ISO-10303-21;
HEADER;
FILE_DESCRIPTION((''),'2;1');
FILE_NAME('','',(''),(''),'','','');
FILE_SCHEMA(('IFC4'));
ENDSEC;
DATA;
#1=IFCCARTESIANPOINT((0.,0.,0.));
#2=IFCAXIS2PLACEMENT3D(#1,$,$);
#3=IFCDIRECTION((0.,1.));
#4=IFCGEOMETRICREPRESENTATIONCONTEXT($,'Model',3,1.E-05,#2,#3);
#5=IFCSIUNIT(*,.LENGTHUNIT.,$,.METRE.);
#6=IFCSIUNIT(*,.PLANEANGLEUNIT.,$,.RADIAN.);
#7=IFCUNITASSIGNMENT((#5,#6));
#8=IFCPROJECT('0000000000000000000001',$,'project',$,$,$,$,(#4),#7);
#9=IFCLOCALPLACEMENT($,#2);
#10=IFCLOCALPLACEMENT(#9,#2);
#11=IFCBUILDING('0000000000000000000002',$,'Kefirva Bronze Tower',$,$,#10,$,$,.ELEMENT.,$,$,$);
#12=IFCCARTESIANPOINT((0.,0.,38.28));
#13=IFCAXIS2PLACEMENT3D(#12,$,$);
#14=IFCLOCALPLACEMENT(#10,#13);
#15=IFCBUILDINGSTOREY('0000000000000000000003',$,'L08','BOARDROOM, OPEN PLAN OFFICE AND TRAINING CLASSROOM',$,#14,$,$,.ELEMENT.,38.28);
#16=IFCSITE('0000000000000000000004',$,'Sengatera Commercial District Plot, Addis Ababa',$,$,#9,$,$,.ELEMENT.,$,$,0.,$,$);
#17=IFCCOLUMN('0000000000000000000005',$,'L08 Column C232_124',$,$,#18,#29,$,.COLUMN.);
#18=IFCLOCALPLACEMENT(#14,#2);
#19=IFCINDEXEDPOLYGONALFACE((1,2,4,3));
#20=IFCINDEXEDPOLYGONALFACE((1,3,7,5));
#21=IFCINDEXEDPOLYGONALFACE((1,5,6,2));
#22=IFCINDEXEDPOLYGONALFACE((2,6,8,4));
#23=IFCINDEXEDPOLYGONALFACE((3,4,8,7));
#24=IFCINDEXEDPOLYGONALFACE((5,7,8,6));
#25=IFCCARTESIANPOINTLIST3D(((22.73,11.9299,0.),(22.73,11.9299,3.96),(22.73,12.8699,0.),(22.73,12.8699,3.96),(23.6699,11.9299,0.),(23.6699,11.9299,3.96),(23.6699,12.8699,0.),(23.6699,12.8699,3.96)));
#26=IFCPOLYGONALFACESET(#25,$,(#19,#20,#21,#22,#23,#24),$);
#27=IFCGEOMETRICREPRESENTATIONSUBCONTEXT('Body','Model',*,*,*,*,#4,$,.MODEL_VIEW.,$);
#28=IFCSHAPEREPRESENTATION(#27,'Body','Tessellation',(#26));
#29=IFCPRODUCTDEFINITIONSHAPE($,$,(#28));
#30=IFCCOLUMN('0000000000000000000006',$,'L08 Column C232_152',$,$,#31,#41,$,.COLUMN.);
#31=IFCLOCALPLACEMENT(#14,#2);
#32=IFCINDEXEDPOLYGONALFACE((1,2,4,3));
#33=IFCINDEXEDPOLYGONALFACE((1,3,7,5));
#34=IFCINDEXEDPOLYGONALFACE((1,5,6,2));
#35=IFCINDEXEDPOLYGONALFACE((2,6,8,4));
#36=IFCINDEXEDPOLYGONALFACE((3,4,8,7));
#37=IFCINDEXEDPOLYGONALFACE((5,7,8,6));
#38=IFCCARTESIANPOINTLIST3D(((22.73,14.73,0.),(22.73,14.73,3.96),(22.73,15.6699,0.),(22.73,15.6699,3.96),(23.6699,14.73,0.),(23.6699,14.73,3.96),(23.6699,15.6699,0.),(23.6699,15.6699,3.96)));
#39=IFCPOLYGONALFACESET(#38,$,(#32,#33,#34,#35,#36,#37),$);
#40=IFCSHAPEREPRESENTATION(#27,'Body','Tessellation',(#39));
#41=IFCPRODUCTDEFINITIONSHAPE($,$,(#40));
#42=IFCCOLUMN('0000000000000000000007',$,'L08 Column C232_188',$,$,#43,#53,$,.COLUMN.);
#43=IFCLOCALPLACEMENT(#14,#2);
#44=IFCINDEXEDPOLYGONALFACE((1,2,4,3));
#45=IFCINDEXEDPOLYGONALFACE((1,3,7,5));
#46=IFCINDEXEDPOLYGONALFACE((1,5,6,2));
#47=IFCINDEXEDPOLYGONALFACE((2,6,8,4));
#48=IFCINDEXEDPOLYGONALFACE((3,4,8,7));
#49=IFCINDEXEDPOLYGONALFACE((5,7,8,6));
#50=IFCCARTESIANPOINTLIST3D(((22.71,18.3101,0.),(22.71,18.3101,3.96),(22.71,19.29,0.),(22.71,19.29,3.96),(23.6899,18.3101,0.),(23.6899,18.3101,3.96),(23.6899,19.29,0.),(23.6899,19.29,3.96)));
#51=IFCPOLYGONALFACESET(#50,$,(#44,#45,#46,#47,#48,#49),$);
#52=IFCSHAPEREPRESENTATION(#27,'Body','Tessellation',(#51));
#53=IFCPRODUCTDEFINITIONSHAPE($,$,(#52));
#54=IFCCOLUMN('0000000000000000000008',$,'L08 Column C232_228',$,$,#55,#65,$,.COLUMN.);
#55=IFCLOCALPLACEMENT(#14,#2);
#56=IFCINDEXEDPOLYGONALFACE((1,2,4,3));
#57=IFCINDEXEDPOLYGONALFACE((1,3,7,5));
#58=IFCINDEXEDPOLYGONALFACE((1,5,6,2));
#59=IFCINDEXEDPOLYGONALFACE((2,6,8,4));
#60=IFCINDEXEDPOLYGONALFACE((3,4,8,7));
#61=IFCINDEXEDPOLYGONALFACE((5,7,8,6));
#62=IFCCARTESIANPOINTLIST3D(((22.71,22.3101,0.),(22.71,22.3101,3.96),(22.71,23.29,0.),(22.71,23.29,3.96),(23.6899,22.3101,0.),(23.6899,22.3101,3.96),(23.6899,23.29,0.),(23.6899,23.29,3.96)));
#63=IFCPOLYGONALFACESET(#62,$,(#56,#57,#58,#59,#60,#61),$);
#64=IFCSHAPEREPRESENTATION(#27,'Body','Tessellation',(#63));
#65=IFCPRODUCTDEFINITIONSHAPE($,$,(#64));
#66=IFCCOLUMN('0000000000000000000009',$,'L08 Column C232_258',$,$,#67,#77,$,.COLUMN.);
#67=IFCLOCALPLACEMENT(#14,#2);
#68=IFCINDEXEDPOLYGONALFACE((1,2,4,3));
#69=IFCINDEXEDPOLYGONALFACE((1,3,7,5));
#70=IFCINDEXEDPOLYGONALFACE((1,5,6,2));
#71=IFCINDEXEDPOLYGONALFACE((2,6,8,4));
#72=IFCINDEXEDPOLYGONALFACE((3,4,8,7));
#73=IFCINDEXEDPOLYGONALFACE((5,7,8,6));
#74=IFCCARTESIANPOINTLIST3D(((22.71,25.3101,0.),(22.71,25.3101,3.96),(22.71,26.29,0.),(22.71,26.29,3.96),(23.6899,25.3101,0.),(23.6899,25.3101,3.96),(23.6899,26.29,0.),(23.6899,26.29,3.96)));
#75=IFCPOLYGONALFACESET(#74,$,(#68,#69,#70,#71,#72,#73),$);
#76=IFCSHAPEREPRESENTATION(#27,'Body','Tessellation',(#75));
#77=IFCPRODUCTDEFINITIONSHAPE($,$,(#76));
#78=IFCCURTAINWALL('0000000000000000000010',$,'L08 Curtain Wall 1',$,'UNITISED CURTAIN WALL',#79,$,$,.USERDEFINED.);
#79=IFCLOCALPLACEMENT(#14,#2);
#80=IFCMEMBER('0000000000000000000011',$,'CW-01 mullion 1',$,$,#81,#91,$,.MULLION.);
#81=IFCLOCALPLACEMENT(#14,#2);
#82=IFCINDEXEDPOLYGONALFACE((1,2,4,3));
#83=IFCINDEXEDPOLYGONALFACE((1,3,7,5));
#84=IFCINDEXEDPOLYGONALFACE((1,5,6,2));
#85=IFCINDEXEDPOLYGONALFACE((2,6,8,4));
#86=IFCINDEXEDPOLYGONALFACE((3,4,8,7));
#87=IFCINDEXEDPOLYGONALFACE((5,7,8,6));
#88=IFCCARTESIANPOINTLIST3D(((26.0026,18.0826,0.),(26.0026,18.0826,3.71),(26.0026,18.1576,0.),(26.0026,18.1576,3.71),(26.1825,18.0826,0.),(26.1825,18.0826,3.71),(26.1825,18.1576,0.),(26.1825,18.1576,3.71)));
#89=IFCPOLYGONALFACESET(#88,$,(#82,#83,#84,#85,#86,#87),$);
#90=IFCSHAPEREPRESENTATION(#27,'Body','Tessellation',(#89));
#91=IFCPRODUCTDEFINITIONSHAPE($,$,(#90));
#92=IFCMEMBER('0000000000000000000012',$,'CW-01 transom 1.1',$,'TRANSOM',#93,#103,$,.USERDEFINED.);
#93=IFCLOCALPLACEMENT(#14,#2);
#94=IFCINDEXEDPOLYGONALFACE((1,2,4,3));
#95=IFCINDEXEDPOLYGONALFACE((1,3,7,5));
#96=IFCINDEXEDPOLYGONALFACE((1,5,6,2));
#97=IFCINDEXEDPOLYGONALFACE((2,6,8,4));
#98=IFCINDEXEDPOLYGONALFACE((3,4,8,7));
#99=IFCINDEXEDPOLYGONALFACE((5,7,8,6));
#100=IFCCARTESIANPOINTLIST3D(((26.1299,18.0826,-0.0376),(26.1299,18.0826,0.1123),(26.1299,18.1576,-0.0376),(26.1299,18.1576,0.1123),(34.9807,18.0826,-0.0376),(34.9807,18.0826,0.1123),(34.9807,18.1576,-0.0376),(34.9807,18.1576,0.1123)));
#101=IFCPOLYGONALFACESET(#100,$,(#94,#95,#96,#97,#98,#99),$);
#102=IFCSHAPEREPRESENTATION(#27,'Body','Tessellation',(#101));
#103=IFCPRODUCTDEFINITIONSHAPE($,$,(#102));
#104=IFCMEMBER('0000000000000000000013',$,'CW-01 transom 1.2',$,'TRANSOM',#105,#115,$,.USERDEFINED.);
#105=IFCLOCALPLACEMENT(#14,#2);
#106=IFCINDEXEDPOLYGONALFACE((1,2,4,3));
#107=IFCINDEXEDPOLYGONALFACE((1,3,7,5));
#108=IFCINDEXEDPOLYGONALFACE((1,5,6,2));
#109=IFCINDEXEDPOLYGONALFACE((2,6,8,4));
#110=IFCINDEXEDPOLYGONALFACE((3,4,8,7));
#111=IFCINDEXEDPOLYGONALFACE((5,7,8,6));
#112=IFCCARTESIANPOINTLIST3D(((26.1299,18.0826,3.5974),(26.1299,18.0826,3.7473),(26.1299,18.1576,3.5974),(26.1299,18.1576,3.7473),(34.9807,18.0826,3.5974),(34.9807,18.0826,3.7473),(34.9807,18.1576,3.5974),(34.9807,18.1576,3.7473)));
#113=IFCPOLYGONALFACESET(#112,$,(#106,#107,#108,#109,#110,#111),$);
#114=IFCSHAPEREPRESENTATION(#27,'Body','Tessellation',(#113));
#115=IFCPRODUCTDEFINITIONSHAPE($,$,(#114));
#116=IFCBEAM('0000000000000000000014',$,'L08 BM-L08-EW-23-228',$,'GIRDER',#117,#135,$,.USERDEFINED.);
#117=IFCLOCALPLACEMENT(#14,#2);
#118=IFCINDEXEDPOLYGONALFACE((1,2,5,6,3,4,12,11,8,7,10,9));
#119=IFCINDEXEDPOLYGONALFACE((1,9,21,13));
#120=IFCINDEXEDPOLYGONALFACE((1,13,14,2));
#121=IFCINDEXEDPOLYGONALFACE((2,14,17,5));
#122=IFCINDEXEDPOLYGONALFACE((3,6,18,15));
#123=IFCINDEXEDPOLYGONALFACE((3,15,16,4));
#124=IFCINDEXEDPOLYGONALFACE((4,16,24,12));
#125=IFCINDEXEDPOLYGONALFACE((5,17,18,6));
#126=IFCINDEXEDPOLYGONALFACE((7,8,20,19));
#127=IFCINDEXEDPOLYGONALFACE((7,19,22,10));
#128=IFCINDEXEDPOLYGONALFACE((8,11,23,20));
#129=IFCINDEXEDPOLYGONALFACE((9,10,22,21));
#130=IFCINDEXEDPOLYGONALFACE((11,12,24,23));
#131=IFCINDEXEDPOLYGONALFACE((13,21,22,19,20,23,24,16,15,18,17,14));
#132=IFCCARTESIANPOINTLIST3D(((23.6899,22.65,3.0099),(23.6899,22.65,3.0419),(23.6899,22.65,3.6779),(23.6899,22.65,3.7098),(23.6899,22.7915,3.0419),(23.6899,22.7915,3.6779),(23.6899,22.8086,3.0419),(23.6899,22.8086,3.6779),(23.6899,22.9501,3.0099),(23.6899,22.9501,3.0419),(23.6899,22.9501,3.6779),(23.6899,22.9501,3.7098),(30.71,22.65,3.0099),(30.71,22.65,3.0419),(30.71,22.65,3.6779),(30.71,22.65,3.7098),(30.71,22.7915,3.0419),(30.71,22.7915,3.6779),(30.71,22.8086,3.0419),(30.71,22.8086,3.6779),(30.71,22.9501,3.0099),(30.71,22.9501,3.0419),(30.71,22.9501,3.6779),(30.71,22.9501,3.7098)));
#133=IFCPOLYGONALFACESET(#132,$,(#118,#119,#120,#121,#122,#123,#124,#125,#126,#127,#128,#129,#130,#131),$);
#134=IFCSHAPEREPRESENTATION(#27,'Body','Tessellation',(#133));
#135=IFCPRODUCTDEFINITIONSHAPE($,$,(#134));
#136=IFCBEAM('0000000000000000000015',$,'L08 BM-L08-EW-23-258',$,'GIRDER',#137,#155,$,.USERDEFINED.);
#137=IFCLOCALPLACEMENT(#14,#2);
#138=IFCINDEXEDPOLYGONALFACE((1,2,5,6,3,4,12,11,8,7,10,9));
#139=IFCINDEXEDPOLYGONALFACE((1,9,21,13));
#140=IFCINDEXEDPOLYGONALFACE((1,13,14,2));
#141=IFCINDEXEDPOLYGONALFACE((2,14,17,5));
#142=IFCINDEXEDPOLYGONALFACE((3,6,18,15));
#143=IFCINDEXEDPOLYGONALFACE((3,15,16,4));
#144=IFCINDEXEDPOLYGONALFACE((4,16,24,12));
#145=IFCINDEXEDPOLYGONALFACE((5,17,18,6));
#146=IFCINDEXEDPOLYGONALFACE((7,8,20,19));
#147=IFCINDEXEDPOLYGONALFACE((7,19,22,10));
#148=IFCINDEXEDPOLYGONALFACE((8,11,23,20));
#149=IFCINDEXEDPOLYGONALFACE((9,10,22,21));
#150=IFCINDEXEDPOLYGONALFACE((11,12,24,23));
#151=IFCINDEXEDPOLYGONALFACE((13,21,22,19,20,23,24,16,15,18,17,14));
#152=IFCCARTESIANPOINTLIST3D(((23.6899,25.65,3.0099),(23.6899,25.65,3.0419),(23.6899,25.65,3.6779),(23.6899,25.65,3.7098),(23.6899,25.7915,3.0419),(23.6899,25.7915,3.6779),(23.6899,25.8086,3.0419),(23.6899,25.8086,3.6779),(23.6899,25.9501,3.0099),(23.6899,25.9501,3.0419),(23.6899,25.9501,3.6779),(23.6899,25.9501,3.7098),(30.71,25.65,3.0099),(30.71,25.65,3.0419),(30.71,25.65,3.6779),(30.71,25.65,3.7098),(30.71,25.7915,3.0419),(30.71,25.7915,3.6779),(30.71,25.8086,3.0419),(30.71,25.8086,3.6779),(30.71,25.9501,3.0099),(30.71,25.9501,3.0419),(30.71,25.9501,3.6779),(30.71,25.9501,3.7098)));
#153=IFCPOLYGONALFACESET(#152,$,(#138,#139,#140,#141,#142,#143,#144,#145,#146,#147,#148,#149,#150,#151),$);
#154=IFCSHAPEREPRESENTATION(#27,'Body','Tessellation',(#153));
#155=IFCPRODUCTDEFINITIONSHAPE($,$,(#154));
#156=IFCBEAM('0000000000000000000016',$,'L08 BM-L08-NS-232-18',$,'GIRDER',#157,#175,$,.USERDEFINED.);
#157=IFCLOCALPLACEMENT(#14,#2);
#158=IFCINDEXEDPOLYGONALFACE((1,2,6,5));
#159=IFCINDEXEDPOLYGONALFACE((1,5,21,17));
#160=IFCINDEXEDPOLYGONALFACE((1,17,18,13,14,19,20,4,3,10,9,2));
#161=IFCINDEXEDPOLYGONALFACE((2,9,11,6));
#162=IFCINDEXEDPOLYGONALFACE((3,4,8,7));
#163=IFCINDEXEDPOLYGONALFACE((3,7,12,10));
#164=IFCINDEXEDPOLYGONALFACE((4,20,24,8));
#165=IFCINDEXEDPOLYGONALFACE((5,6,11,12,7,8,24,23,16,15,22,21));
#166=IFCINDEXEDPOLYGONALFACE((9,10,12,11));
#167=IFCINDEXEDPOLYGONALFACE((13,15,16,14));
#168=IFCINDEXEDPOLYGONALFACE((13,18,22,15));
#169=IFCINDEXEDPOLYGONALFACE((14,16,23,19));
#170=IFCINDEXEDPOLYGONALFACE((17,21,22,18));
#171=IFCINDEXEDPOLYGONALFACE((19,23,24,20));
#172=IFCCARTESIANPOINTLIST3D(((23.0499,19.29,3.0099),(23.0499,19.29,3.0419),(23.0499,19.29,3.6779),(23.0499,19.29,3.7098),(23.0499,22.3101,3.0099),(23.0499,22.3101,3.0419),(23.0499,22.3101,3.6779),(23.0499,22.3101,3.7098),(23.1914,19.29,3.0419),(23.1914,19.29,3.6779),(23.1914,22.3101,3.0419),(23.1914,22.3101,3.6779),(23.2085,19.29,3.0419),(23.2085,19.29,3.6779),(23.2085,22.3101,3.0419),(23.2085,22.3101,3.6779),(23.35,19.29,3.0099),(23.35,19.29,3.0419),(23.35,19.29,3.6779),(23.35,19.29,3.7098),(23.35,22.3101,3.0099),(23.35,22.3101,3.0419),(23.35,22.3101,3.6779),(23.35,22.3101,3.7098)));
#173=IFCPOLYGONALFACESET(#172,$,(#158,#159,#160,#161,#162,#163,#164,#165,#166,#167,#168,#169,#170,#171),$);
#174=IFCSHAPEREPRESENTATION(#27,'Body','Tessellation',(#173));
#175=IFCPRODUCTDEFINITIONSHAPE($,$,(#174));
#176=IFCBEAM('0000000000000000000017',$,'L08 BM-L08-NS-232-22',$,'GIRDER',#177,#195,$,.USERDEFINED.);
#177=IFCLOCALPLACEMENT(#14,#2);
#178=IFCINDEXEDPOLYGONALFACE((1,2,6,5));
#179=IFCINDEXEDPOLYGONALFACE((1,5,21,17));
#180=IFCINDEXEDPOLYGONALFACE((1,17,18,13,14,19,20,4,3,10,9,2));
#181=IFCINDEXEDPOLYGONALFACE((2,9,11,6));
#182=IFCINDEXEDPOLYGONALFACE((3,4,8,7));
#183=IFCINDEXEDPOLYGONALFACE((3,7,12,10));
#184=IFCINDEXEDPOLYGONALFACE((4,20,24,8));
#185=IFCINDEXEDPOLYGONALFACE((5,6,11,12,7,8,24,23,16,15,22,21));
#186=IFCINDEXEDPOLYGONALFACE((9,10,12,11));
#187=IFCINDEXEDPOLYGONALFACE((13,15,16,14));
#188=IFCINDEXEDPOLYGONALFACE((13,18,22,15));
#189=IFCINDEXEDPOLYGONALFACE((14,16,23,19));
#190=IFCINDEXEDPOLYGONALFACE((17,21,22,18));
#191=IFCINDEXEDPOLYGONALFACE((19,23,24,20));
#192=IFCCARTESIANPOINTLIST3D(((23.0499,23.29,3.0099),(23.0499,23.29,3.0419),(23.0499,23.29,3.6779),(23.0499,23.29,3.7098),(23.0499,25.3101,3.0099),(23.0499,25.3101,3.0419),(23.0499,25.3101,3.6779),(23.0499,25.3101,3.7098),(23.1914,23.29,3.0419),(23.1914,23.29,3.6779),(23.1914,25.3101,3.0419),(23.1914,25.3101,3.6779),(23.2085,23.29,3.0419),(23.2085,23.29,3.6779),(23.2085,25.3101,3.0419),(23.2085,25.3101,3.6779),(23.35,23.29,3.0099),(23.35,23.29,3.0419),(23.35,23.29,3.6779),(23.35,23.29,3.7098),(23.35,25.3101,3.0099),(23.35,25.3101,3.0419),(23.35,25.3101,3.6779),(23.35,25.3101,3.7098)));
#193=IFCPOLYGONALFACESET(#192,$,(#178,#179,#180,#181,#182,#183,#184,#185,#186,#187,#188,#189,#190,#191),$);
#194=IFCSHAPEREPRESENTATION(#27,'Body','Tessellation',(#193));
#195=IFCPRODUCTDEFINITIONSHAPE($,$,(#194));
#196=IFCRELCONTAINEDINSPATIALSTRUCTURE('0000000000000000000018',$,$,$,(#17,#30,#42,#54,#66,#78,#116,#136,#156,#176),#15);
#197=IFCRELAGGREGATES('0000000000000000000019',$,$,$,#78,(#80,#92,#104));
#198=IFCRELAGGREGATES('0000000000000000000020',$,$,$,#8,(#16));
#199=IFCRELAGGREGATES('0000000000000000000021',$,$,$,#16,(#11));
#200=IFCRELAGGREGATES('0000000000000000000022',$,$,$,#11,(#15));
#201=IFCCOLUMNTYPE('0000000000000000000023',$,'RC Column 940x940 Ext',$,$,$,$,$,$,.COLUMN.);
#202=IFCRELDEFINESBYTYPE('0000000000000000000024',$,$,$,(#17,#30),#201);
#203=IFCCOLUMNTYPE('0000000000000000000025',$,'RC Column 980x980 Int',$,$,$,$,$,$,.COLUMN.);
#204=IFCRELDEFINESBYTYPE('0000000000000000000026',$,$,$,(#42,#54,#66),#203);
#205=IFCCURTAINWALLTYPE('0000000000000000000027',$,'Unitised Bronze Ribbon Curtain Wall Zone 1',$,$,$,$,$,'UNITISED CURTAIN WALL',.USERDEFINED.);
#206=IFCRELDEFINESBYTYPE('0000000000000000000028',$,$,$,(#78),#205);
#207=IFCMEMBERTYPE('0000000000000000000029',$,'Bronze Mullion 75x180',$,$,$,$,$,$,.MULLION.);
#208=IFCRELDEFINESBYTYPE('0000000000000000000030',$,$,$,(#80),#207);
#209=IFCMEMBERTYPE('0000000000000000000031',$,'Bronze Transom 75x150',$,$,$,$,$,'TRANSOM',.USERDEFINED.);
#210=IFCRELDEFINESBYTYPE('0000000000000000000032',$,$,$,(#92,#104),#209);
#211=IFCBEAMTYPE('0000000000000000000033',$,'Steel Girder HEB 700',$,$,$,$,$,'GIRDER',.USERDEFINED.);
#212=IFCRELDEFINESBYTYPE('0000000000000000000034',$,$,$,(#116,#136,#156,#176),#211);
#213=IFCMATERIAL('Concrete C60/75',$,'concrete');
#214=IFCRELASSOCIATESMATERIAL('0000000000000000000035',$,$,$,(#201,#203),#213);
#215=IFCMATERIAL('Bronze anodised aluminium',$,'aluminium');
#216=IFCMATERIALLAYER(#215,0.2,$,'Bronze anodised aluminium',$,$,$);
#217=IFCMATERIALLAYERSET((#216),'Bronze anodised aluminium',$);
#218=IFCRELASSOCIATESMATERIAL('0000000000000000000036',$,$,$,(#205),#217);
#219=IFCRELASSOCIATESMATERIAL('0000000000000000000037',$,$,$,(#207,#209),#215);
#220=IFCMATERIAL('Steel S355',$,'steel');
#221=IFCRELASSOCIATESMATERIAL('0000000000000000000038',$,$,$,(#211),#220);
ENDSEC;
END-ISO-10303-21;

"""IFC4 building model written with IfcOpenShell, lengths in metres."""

from ifc_helpers import new_model, si_unit, direction, frame, origin, origin_2d, place, context, subcontext, project, spatial, rectangle, i_section, extrude, material, layer, layer_set, material_profile, profile_set, type_object, element, aggregate, save


model = new_model("IFC4")

# Units and contexts
model_context = context("Model", 3, precision=1e-05, world=origin(), true_north=direction((0.0, 1.0)))
body_context = subcontext(model_context, "Body", "Model", "MODEL_VIEW")
ifc_project = project(units=[si_unit("LENGTHUNIT", "METRE"), si_unit("PLANEANGLEUNIT", "RADIAN")], contexts=[model_context])

# Site, building, storey
site_placement = place(None, origin())
site = spatial("IfcSite", under=ifc_project, at=site_placement, Name="Sengatera Commercial District Plot, Addis Ababa", CompositionType="ELEMENT", RefElevation=0.0)
building_placement = place(site_placement, origin())
building = spatial("IfcBuilding", under=site, at=building_placement, Name="Kefirva Bronze Tower", CompositionType="ELEMENT")
storey_placement = place(building_placement, frame((0.0, 0.0, 38.28)))
storey = spatial("IfcBuildingStorey", under=building, at=storey_placement, Name="L08", Description="BOARDROOM, OPEN PLAN OFFICE AND TRAINING CLASSROOM", CompositionType="ELEMENT", Elevation=38.28)

# Columns
ifc_material_1 = material(Name="Concrete C60/75", Category="concrete")
ifc_material_profile_1 = material_profile(ifc_material_1, rectangle(XDim=0.9399, YDim=0.9399, at=origin_2d()), Name="RC 940x940")
ifc_profile_set_1 = profile_set([ifc_material_profile_1], Name="Concrete C60/75")
column_type_1 = type_object("IfcColumnType", Name="RC Column 940x940 Ext", PredefinedType="COLUMN", material=ifc_profile_set_1)
for number, where, z_axis, x_axis, name in (
    (1, (23.2, 12.3999, 0.0), (0.0, 0.0, 1.0), (1.0, 0.0, 0.0), "L08 Column C232_124"),
    (2, (23.2, 15.2, 0.0), (0.0, 0.0, 1.0), (1.0, 0.0, 0.0), "L08 Column C232_152"),
):
    element("IfcColumn", number, at=place(storey_placement, frame(where, z_axis=z_axis, x_axis=x_axis)), inside=storey, type_object=column_type_1, Name=name, PredefinedType="COLUMN", context=body_context, shape_type="SweptSolid", body=[
        extrude(rectangle(XDim=0.9399, YDim=0.9399, at=origin_2d()), origin(), (0.0, 0.0, 1.0), 3.96),
    ])
ifc_material_profile_2 = material_profile(ifc_material_1, rectangle(XDim=0.98, YDim=0.98, at=origin_2d()), Name="RC 980x980")
ifc_profile_set_2 = profile_set([ifc_material_profile_2], Name="Concrete C60/75")
column_type_2 = type_object("IfcColumnType", Name="RC Column 980x980 Int", PredefinedType="COLUMN", material=ifc_profile_set_2)
for number, where, z_axis, x_axis, name in (
    (3, (23.2, 18.8, 0.0), (0.0, 0.0, 1.0), (1.0, 0.0, 0.0), "L08 Column C232_188"),
    (4, (23.2, 22.8, 0.0), (0.0, 0.0, 1.0), (1.0, 0.0, 0.0), "L08 Column C232_228"),
    (5, (23.2, 25.8, 0.0), (0.0, 0.0, 1.0), (1.0, 0.0, 0.0), "L08 Column C232_258"),
):
    element("IfcColumn", number, at=place(storey_placement, frame(where, z_axis=z_axis, x_axis=x_axis)), inside=storey, type_object=column_type_2, Name=name, PredefinedType="COLUMN", context=body_context, shape_type="SweptSolid", body=[
        extrude(rectangle(XDim=0.98, YDim=0.98, at=origin_2d()), origin(), (0.0, 0.0, 1.0), 3.96),
    ])

# Curtain wall, members
ifc_material_2 = material(Name="Bronze anodised aluminium", Category="aluminium")
ifc_layer_1 = layer(ifc_material_2, 0.2, Name="Bronze anodised aluminium")
ifc_layer_set_1 = layer_set([ifc_layer_1], Name="Bronze anodised aluminium")
curtain_wall_type = type_object("IfcCurtainWallType", Name="Unitised Bronze Ribbon Curtain Wall Zone 1", ElementType="UNITISED CURTAIN WALL", PredefinedType="USERDEFINED", material=ifc_layer_set_1)
curtain_wall_placement = place(storey_placement, origin())
curtain_wall = element("IfcCurtainWall", 6, at=curtain_wall_placement, inside=storey, type_object=curtain_wall_type, Name="L08 Curtain Wall 1", ObjectType="UNITISED CURTAIN WALL", PredefinedType="USERDEFINED")
ifc_material_profile_3 = material_profile(ifc_material_2, rectangle(XDim=0.075, YDim=0.1799, at=origin_2d()), Name="ALU 75x180")
ifc_profile_set_3 = profile_set([ifc_material_profile_3], Name="Bronze anodised aluminium")
member_type_1 = type_object("IfcMemberType", Name="Bronze Mullion 75x180", PredefinedType="MULLION", material=ifc_profile_set_3)
member_1_placement = place(storey_placement, frame((26.0925, 18.1201, 0.0), z_axis=(0.0, 0.0, 1.0), x_axis=(0.0, 1.0, 0.0)))
member_1 = element("IfcMember", 7, at=member_1_placement, type_object=member_type_1, Name="CW-01 mullion 1", PredefinedType="MULLION", context=body_context, shape_type="SweptSolid", body=[
    extrude(rectangle(XDim=0.075, YDim=0.1799, at=origin_2d()), origin(), (0.0, 0.0, 1.0), 3.71),
])
ifc_material_profile_4 = material_profile(ifc_material_2, rectangle(XDim=0.075, YDim=0.1499, at=origin_2d()), Name="ALU 75x150")
ifc_profile_set_4 = profile_set([ifc_material_profile_4], Name="Bronze anodised aluminium")
member_type_2 = type_object("IfcMemberType", Name="Bronze Transom 75x150", ElementType="TRANSOM", PredefinedType="USERDEFINED", material=ifc_profile_set_4)
member_2_placement = place(storey_placement, frame((26.1299, 18.1201, 0.0374), z_axis=(1.0, 0.0, 0.0), x_axis=(0.0, 1.0, 0.0)))
member_2 = element("IfcMember", 8, at=member_2_placement, type_object=member_type_2, Name="CW-01 transom 1.1", ObjectType="TRANSOM", PredefinedType="USERDEFINED", context=body_context, shape_type="SweptSolid", body=[
    extrude(rectangle(XDim=0.075, YDim=0.1499, at=origin_2d()), origin(), (0.0, 0.0, 1.0), 8.8508),
])
member_3_placement = place(storey_placement, frame((26.1299, 18.1201, 3.6724), z_axis=(1.0, 0.0, 0.0), x_axis=(0.0, 1.0, 0.0)))
member_3 = element("IfcMember", 9, at=member_3_placement, type_object=member_type_2, Name="CW-01 transom 1.2", ObjectType="TRANSOM", PredefinedType="USERDEFINED", context=body_context, shape_type="SweptSolid", body=[
    extrude(rectangle(XDim=0.075, YDim=0.1499, at=origin_2d()), origin(), (0.0, 0.0, 1.0), 8.8508),
])
aggregate(curtain_wall, [member_1, member_2, member_3])

# Beams
ifc_material_3 = material(Name="Steel S355", Category="steel")
ifc_material_profile_5 = material_profile(ifc_material_3, i_section(OverallWidth=0.3, OverallDepth=0.7, WebThickness=0.0171, FlangeThickness=0.032, at=origin_2d()), Name="HEB 700")
ifc_profile_set_5 = profile_set([ifc_material_profile_5], Name="Steel S355")
beam_type_1 = type_object("IfcBeamType", Name="Steel Girder HEB 700", ElementType="GIRDER", PredefinedType="USERDEFINED", material=ifc_profile_set_5)
for number, where, z_axis, x_axis, name in (
    (10, (23.6899, 22.8, 3.3599), (1.0, 0.0, 0.0), (0.0, 1.0, 0.0), "L08 BM-L08-EW-23-228"),
    (11, (23.6899, 25.8, 3.3599), (1.0, 0.0, 0.0), (0.0, 1.0, 0.0), "L08 BM-L08-EW-23-258"),
):
    element("IfcBeam", number, at=place(storey_placement, frame(where, z_axis=z_axis, x_axis=x_axis)), inside=storey, type_object=beam_type_1, Name=name, ObjectType="GIRDER", PredefinedType="USERDEFINED", context=body_context, shape_type="SweptSolid", body=[
        extrude(i_section(OverallWidth=0.3, OverallDepth=0.7, WebThickness=0.0171, FlangeThickness=0.032, at=origin_2d()), origin(), (0.0, 0.0, 1.0), 7.02),
    ])
beam_1_placement = place(storey_placement, frame((23.2, 19.29, 3.3599), z_axis=(0.0, 1.0, 0.0), x_axis=(-1.0, 0.0, 0.0)))
element("IfcBeam", 12, at=beam_1_placement, inside=storey, type_object=beam_type_1, Name="L08 BM-L08-NS-232-18", ObjectType="GIRDER", PredefinedType="USERDEFINED", context=body_context, shape_type="SweptSolid", body=[
    extrude(i_section(OverallWidth=0.3, OverallDepth=0.7, WebThickness=0.0171, FlangeThickness=0.032, at=origin_2d()), origin(), (0.0, 0.0, 1.0), 3.02),
])
beam_2_placement = place(storey_placement, frame((23.2, 23.29, 3.3599), z_axis=(0.0, 1.0, 0.0), x_axis=(-1.0, 0.0, 0.0)))
element("IfcBeam", 13, at=beam_2_placement, inside=storey, type_object=beam_type_1, Name="L08 BM-L08-NS-232-22", ObjectType="GIRDER", PredefinedType="USERDEFINED", context=body_context, shape_type="SweptSolid", body=[
    extrude(i_section(OverallWidth=0.3, OverallDepth=0.7, WebThickness=0.0171, FlangeThickness=0.032, at=origin_2d()), origin(), (0.0, 0.0, 1.0), 2.02),
])

save(model, "model.ifc")
